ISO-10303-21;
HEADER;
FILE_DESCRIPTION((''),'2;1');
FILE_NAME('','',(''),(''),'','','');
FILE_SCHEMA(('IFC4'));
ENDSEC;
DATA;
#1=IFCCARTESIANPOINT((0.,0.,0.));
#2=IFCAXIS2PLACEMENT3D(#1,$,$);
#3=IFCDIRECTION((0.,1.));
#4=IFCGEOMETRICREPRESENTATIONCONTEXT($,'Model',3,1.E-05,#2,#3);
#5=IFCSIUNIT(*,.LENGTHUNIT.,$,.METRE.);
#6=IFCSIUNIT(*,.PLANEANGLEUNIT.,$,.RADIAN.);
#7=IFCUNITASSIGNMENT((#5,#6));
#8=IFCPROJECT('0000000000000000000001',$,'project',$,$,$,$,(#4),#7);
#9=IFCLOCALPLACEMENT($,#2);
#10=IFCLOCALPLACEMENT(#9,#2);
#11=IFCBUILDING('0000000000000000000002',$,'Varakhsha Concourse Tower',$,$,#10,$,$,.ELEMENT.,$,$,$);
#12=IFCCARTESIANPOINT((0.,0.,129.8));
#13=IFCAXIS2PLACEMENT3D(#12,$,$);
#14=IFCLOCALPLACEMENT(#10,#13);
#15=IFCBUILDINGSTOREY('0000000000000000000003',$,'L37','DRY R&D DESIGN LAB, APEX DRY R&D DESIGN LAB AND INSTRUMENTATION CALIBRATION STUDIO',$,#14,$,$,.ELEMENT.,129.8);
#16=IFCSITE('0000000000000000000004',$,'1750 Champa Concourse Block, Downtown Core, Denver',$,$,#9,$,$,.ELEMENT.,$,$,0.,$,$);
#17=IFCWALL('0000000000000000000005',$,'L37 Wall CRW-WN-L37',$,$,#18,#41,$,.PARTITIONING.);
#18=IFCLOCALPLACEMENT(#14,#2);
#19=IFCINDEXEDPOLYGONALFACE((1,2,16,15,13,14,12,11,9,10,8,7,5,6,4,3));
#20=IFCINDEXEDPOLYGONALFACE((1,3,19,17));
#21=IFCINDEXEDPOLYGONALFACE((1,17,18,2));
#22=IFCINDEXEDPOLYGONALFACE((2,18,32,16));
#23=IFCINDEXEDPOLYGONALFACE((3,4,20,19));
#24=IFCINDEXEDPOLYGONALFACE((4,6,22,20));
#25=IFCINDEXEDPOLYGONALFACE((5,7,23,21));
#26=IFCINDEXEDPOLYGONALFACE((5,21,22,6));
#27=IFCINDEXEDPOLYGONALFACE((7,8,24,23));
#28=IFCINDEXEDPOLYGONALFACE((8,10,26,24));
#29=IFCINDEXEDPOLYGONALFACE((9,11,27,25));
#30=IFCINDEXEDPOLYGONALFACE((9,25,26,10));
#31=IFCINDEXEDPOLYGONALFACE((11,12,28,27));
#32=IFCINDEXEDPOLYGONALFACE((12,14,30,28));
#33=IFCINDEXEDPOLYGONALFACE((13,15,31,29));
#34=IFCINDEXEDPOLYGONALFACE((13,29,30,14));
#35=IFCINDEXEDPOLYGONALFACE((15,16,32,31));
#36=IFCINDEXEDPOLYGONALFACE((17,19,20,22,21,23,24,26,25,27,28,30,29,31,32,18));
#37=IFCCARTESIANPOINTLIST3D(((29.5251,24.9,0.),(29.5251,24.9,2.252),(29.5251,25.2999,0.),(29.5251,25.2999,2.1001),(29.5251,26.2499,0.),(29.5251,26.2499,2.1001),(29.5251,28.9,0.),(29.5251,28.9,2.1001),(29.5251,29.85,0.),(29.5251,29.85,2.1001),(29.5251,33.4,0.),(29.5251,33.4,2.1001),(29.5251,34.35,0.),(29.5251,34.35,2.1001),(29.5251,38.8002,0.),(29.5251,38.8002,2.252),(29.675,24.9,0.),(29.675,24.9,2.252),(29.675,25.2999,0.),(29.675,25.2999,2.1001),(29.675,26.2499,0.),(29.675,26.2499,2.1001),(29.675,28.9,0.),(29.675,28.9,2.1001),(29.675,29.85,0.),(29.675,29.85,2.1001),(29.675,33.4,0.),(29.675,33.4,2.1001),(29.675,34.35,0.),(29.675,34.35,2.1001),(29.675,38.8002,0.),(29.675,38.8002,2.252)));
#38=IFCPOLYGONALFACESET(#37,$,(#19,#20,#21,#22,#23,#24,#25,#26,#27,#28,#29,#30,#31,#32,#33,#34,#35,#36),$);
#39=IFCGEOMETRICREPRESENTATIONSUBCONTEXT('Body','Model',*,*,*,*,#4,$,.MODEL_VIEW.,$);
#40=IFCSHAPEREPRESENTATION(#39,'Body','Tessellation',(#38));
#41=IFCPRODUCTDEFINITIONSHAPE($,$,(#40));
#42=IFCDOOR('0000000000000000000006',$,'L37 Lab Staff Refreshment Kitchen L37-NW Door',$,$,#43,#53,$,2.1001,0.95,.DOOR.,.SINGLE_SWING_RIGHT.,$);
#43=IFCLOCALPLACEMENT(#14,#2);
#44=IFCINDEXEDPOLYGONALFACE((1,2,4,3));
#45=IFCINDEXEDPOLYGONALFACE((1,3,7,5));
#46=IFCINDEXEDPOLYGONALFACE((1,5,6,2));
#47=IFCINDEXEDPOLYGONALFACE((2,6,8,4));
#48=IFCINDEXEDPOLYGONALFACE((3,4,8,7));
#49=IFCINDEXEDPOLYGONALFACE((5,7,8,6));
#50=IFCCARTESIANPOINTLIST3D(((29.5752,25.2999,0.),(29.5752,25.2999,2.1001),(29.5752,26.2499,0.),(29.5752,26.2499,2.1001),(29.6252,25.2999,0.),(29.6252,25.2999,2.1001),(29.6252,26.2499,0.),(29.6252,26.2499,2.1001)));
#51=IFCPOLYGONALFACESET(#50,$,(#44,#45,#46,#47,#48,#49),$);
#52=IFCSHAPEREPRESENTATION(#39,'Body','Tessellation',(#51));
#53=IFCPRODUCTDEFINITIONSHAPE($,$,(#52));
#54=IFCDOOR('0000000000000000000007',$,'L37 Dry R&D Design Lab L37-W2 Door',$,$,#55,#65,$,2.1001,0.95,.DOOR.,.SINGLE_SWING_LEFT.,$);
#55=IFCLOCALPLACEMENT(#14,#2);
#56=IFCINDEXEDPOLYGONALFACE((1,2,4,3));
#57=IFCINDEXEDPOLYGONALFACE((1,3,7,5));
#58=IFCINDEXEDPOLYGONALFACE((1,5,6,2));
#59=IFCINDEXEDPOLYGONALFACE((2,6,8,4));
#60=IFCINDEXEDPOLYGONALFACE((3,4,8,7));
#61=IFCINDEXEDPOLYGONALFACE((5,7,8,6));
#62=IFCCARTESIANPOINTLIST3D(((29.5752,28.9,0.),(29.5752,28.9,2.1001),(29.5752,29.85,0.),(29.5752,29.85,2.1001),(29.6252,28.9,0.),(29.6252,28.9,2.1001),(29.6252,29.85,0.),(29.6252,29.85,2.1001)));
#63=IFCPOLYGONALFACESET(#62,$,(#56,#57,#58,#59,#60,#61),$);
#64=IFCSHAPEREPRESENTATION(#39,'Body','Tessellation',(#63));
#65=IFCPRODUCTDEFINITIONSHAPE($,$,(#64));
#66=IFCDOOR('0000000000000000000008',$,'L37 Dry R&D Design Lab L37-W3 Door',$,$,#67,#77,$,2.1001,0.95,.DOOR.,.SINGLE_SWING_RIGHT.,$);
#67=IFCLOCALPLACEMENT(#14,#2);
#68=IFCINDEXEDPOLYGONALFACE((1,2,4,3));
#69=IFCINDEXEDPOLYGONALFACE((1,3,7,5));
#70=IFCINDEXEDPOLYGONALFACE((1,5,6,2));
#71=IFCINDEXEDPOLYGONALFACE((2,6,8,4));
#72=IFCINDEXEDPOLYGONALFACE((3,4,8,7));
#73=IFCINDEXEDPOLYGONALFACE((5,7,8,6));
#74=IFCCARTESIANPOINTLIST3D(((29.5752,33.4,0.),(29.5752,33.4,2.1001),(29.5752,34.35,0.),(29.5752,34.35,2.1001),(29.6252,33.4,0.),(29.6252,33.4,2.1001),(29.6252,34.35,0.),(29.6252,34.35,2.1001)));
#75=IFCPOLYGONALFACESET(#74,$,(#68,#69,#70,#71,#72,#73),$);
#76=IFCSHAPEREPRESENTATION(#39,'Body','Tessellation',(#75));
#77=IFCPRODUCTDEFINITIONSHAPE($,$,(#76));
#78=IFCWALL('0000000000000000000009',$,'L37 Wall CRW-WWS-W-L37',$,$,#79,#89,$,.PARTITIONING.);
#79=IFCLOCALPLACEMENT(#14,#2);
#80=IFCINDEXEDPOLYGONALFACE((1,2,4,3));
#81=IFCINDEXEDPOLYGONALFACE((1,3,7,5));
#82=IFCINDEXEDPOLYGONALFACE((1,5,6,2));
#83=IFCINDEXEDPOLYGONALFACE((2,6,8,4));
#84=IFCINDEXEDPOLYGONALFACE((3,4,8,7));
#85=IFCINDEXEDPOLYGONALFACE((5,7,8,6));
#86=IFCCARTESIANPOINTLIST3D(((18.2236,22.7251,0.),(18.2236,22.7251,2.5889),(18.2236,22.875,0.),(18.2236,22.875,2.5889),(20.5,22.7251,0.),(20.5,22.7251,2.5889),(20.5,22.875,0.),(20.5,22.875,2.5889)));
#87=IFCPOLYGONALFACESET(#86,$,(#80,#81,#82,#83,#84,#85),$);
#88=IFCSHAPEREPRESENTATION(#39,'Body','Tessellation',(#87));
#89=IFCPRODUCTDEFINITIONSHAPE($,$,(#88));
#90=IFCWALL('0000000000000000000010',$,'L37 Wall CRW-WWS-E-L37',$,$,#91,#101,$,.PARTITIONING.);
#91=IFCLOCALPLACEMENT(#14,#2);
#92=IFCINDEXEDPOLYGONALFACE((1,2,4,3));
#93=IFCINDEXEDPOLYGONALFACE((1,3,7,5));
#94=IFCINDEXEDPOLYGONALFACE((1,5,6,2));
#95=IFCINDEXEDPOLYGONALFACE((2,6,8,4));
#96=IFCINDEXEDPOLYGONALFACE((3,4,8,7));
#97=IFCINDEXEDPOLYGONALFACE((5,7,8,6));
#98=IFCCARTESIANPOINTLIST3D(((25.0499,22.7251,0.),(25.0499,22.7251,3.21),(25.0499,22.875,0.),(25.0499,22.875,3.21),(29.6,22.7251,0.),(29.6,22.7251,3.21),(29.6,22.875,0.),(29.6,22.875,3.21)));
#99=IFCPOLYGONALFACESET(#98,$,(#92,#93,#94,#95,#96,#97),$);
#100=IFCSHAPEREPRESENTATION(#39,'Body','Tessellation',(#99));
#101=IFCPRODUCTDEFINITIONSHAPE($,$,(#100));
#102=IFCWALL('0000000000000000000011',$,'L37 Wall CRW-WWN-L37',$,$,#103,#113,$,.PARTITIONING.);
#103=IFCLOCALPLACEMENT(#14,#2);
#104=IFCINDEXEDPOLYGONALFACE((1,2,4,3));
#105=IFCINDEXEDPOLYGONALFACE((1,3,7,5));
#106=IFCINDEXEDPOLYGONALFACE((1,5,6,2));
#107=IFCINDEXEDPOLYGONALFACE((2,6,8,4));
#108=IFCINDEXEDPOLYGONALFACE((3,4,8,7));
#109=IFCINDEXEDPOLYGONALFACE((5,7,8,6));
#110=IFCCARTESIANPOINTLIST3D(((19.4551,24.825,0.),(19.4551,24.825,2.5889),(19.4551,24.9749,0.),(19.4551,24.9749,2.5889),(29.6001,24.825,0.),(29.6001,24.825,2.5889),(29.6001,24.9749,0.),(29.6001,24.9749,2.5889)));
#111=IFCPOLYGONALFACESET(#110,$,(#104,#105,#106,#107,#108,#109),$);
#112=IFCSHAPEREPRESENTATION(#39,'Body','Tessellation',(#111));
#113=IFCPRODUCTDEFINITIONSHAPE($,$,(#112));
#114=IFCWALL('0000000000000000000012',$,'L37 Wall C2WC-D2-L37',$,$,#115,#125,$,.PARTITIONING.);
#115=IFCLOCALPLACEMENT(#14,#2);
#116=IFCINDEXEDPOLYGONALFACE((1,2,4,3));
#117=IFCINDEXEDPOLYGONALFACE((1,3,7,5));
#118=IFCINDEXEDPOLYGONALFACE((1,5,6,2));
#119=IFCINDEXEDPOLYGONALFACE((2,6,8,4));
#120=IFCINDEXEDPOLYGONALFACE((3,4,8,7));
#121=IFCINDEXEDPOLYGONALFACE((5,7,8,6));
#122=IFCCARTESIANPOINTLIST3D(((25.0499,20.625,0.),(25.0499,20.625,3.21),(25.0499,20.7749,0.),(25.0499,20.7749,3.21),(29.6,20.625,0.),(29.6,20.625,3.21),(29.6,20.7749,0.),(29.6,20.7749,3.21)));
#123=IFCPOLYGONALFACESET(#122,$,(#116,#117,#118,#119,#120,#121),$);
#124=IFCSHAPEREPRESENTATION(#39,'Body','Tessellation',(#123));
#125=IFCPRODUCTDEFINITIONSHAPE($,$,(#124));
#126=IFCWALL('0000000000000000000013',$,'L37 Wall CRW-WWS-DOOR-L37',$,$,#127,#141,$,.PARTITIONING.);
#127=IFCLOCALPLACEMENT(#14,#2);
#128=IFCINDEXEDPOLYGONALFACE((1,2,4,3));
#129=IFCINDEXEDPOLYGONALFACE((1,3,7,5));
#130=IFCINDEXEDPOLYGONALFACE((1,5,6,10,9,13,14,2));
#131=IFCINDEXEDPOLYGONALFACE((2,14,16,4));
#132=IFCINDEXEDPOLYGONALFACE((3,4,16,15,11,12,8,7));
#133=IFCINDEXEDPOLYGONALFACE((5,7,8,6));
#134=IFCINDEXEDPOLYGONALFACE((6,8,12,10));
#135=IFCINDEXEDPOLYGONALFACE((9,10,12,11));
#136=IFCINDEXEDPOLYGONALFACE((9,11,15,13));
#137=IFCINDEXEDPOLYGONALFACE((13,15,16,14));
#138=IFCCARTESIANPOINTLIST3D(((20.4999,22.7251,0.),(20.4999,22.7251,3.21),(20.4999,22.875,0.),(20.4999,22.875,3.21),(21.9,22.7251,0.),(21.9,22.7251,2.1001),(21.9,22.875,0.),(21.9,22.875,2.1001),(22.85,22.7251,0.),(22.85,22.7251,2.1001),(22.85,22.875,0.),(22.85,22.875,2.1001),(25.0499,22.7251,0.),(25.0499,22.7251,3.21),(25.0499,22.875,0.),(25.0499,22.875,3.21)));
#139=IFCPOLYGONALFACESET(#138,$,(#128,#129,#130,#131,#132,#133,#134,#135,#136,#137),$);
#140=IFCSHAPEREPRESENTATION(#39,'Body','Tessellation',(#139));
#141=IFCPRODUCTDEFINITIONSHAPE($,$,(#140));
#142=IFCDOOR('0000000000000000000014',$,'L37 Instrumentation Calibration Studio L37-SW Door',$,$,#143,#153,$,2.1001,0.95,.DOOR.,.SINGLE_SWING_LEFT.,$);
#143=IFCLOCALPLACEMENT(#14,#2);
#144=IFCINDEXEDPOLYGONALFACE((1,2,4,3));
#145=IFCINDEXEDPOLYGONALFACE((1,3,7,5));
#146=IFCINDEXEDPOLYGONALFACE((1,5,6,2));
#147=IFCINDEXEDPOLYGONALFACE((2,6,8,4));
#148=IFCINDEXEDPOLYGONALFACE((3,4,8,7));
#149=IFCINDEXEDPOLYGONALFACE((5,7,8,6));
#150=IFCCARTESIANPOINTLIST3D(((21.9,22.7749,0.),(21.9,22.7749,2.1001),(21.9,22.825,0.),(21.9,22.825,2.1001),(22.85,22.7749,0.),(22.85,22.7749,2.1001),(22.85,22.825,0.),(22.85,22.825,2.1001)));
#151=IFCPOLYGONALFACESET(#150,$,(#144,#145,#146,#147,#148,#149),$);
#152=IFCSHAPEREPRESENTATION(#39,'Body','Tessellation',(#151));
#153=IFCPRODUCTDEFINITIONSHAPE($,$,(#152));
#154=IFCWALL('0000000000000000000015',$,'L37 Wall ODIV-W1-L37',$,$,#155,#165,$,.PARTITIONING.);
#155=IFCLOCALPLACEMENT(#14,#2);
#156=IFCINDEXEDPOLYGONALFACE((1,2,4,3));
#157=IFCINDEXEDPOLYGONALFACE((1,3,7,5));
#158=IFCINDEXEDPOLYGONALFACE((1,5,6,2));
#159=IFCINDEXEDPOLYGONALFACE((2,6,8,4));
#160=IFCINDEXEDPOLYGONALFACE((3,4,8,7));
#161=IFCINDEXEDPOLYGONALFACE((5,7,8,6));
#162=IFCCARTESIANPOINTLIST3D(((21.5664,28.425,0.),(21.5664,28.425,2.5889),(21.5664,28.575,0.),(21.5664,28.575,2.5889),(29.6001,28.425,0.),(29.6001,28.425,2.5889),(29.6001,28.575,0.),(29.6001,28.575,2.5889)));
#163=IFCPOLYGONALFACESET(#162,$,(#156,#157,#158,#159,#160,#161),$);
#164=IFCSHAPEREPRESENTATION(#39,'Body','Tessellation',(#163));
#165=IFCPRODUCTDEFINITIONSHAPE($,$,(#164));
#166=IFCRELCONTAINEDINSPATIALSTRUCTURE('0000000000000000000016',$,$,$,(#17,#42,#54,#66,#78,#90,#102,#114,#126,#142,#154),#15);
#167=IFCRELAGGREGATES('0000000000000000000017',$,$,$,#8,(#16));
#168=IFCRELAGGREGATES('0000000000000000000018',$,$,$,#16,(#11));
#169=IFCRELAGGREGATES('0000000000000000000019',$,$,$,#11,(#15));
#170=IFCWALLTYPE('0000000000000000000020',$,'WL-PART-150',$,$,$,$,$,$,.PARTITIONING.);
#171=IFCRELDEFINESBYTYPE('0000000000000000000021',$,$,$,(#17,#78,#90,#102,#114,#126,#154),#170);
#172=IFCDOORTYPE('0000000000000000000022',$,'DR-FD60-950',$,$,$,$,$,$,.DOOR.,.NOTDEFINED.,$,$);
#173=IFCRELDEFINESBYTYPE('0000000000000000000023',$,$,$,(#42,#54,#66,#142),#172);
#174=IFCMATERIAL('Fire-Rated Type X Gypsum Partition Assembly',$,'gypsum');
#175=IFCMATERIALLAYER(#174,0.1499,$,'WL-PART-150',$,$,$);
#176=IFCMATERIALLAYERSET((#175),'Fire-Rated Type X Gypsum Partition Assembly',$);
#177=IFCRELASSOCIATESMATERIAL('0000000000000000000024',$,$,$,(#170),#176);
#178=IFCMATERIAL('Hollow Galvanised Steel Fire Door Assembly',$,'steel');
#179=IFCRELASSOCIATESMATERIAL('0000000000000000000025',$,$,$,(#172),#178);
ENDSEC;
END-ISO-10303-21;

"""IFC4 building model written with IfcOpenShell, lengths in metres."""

from ifc_helpers import new_model, si_unit, direction, frame, frame_2d, origin, place, context, subcontext, project, spatial, rectangle, extrude, material, layer, layer_set, type_object, element, fill, save


model = new_model("IFC4")

# Units and contexts
model_context = context("Model", 3, precision=1e-05, world=origin(), true_north=direction((0.0, 1.0)))
body_context = subcontext(model_context, "Body", "Model", "MODEL_VIEW")
ifc_project = project(units=[si_unit("LENGTHUNIT", "METRE"), si_unit("PLANEANGLEUNIT", "RADIAN")], contexts=[model_context])

# Site, building, storey
site_placement = place(None, origin())
site = spatial("IfcSite", under=ifc_project, at=site_placement, Name="1750 Champa Concourse Block, Downtown Core, Denver", CompositionType="ELEMENT", RefElevation=0.0)
building_placement = place(site_placement, origin())
building = spatial("IfcBuilding", under=site, at=building_placement, Name="Varakhsha Concourse Tower", CompositionType="ELEMENT")
storey_placement = place(building_placement, frame((0.0, 0.0, 129.8)))
storey = spatial("IfcBuildingStorey", under=building, at=storey_placement, Name="L37", Description="DRY R&D DESIGN LAB, APEX DRY R&D DESIGN LAB AND INSTRUMENTATION CALIBRATION STUDIO", CompositionType="ELEMENT", Elevation=129.8)

# Wall, openings, doors
ifc_material_1 = material(Name="Fire-Rated Type X Gypsum Partition Assembly", Category="gypsum")
ifc_layer_1 = layer(ifc_material_1, 0.1499, Name="WL-PART-150")
ifc_layer_set_1 = layer_set([ifc_layer_1], Name="Fire-Rated Type X Gypsum Partition Assembly")
wall_type_1 = type_object("IfcWallType", Name="WL-PART-150", PredefinedType="PARTITIONING", material=ifc_layer_set_1)
wall_1_placement = place(storey_placement, frame((29.6001, 24.8999, 0.0), z_axis=(0.0, 0.0, 1.0), x_axis=(0.0, 1.0, 0.0)))
wall_1 = element("IfcWall", 1, at=wall_1_placement, inside=storey, type_object=wall_type_1, Name="L37 Wall CRW-WN-L37", PredefinedType="PARTITIONING", context=body_context, shape_type="SweptSolid", body=[
    extrude(rectangle(XDim=13.9001, YDim=0.1499, at=frame_2d((6.9502, 0.0))), origin(), (0.0, 0.0, 1.0), 2.252),
])
opening_1_placement = place(wall_1_placement, frame((0.3999, 0.0, 0.0)))
opening_1 = element("IfcOpeningElement", 2, at=opening_1_placement, cuts=wall_1, PredefinedType="OPENING", context=body_context, shape_type="SweptSolid", body=[
    extrude(rectangle(XDim=0.95, YDim=2.1001, at=frame_2d((0.4751, 1.05))), frame((0.0, 0.085, 0.0), z_axis=(0.0, -1.0, 0.0), x_axis=(1.0, 0.0, 0.0)), (0.0, 0.0, 1.0), 0.1699),
])
opening_2_placement = place(wall_1_placement, frame((4.0, 0.0, 0.0)))
opening_2 = element("IfcOpeningElement", 3, at=opening_2_placement, cuts=wall_1, PredefinedType="OPENING", context=body_context, shape_type="SweptSolid", body=[
    extrude(rectangle(XDim=0.95, YDim=2.1001, at=frame_2d((0.4751, 1.05))), frame((0.0, 0.085, 0.0), z_axis=(0.0, -1.0, 0.0), x_axis=(1.0, 0.0, 0.0)), (0.0, 0.0, 1.0), 0.1699),
])
opening_3_placement = place(wall_1_placement, frame((8.5, 0.0, 0.0)))
opening_3 = element("IfcOpeningElement", 4, at=opening_3_placement, cuts=wall_1, PredefinedType="OPENING", context=body_context, shape_type="SweptSolid", body=[
    extrude(rectangle(XDim=0.95, YDim=2.1001, at=frame_2d((0.4751, 1.05))), frame((0.0, 0.085, 0.0), z_axis=(0.0, -1.0, 0.0), x_axis=(1.0, 0.0, 0.0)), (0.0, 0.0, 1.0), 0.1699),
])
ifc_material_2 = material(Name="Hollow Galvanised Steel Fire Door Assembly", Category="steel")
door_type_1 = type_object("IfcDoorType", Name="DR-FD60-950", OperationType="NOTDEFINED", PredefinedType="DOOR", material=ifc_material_2)
door_1_placement = place(opening_1_placement, origin())
door_1 = element("IfcDoor", 5, at=door_1_placement, inside=storey, type_object=door_type_1, Name="L37 Lab Staff Refreshment Kitchen L37-NW Door", OperationType="SINGLE_SWING_RIGHT", OverallHeight=2.1001, OverallWidth=0.95, PredefinedType="DOOR", context=body_context, shape_type="SweptSolid", body=[
    extrude(rectangle(XDim=0.95, YDim=2.1001, at=frame_2d((0.4751, 1.05))), frame((0.0, 0.0249, 0.0), z_axis=(0.0, -1.0, 0.0), x_axis=(1.0, 0.0, 0.0)), (0.0, 0.0, 1.0), 0.05),
])
fill(opening_1, door_1)
door_2_placement = place(opening_2_placement, origin())
door_2 = element("IfcDoor", 6, at=door_2_placement, inside=storey, type_object=door_type_1, Name="L37 Dry R&D Design Lab L37-W2 Door", OperationType="SINGLE_SWING_LEFT", OverallHeight=2.1001, OverallWidth=0.95, PredefinedType="DOOR", context=body_context, shape_type="SweptSolid", body=[
    extrude(rectangle(XDim=0.95, YDim=2.1001, at=frame_2d((0.4751, 1.05))), frame((0.0, 0.0249, 0.0), z_axis=(0.0, -1.0, 0.0), x_axis=(1.0, 0.0, 0.0)), (0.0, 0.0, 1.0), 0.05),
])
fill(opening_2, door_2)
door_3_placement = place(opening_3_placement, origin())
door_3 = element("IfcDoor", 7, at=door_3_placement, inside=storey, type_object=door_type_1, Name="L37 Dry R&D Design Lab L37-W3 Door", OperationType="SINGLE_SWING_RIGHT", OverallHeight=2.1001, OverallWidth=0.95, PredefinedType="DOOR", context=body_context, shape_type="SweptSolid", body=[
    extrude(rectangle(XDim=0.95, YDim=2.1001, at=frame_2d((0.4751, 1.05))), frame((0.0, 0.0249, 0.0), z_axis=(0.0, -1.0, 0.0), x_axis=(1.0, 0.0, 0.0)), (0.0, 0.0, 1.0), 0.05),
])
fill(opening_3, door_3)

# Walls
wall_2_placement = place(storey_placement, frame((18.2236, 22.8, 0.0), z_axis=(0.0, 0.0, 1.0), x_axis=(1.0, 0.0, 0.0)))
element("IfcWall", 8, at=wall_2_placement, inside=storey, type_object=wall_type_1, Name="L37 Wall CRW-WWS-W-L37", PredefinedType="PARTITIONING", context=body_context, shape_type="SweptSolid", body=[
    extrude(rectangle(XDim=2.2764, YDim=0.1499, at=frame_2d((1.1382, 0.0))), origin(), (0.0, 0.0, 1.0), 2.5889),
])
wall_3_placement = place(storey_placement, frame((25.05, 22.8, 0.0), z_axis=(0.0, 0.0, 1.0), x_axis=(1.0, 0.0, 0.0)))
element("IfcWall", 9, at=wall_3_placement, inside=storey, type_object=wall_type_1, Name="L37 Wall CRW-WWS-E-L37", PredefinedType="PARTITIONING", context=body_context, shape_type="SweptSolid", body=[
    extrude(rectangle(XDim=4.55, YDim=0.1499, at=frame_2d((2.2749, 0.0))), origin(), (0.0, 0.0, 1.0), 3.21),
])
wall_4_placement = place(storey_placement, frame((19.4551, 24.8999, 0.0), z_axis=(0.0, 0.0, 1.0), x_axis=(1.0, 0.0, 0.0)))
element("IfcWall", 10, at=wall_4_placement, inside=storey, type_object=wall_type_1, Name="L37 Wall CRW-WWN-L37", PredefinedType="PARTITIONING", context=body_context, shape_type="SweptSolid", body=[
    extrude(rectangle(XDim=10.145, YDim=0.1499, at=frame_2d((5.0725, 0.0))), origin(), (0.0, 0.0, 1.0), 2.5889),
])
wall_5_placement = place(storey_placement, frame((25.05, 20.7, 0.0), z_axis=(0.0, 0.0, 1.0), x_axis=(1.0, 0.0, 0.0)))
element("IfcWall", 11, at=wall_5_placement, inside=storey, type_object=wall_type_1, Name="L37 Wall C2WC-D2-L37", PredefinedType="PARTITIONING", context=body_context, shape_type="SweptSolid", body=[
    extrude(rectangle(XDim=4.55, YDim=0.1499, at=frame_2d((2.2749, 0.0))), origin(), (0.0, 0.0, 1.0), 3.21),
])

# Wall, opening, door
wall_6_placement = place(storey_placement, frame((20.5, 22.8, 0.0), z_axis=(0.0, 0.0, 1.0), x_axis=(1.0, 0.0, 0.0)))
wall_6 = element("IfcWall", 12, at=wall_6_placement, inside=storey, type_object=wall_type_1, Name="L37 Wall CRW-WWS-DOOR-L37", PredefinedType="PARTITIONING", context=body_context, shape_type="SweptSolid", body=[
    extrude(rectangle(XDim=4.55, YDim=0.1499, at=frame_2d((2.2749, 0.0))), origin(), (0.0, 0.0, 1.0), 3.21),
])
opening_4_placement = place(wall_6_placement, frame((1.3999, 0.0, 0.0)))
opening_4 = element("IfcOpeningElement", 13, at=opening_4_placement, cuts=wall_6, PredefinedType="OPENING", context=body_context, shape_type="SweptSolid", body=[
    extrude(rectangle(XDim=0.95, YDim=2.1001, at=frame_2d((0.4751, 1.05))), frame((0.0, 0.085, 0.0), z_axis=(0.0, -1.0, 0.0), x_axis=(1.0, 0.0, 0.0)), (0.0, 0.0, 1.0), 0.1699),
])
door_4_placement = place(opening_4_placement, origin())
door_4 = element("IfcDoor", 14, at=door_4_placement, inside=storey, type_object=door_type_1, Name="L37 Instrumentation Calibration Studio L37-SW Door", OperationType="SINGLE_SWING_LEFT", OverallHeight=2.1001, OverallWidth=0.95, PredefinedType="DOOR", context=body_context, shape_type="SweptSolid", body=[
    extrude(rectangle(XDim=0.95, YDim=2.1001, at=frame_2d((0.4751, 1.05))), frame((0.0, 0.0249, 0.0), z_axis=(0.0, -1.0, 0.0), x_axis=(1.0, 0.0, 0.0)), (0.0, 0.0, 1.0), 0.05),
])
fill(opening_4, door_4)

# Wall
wall_7_placement = place(storey_placement, frame((21.5664, 28.5, 0.0), z_axis=(0.0, 0.0, 1.0), x_axis=(1.0, 0.0, 0.0)))
element("IfcWall", 15, at=wall_7_placement, inside=storey, type_object=wall_type_1, Name="L37 Wall ODIV-W1-L37", PredefinedType="PARTITIONING", context=body_context, shape_type="SweptSolid", body=[
    extrude(rectangle(XDim=8.0337, YDim=0.1499, at=frame_2d((4.0168, 0.0))), origin(), (0.0, 0.0, 1.0), 2.5889),
])

save(model, "model.ifc")
